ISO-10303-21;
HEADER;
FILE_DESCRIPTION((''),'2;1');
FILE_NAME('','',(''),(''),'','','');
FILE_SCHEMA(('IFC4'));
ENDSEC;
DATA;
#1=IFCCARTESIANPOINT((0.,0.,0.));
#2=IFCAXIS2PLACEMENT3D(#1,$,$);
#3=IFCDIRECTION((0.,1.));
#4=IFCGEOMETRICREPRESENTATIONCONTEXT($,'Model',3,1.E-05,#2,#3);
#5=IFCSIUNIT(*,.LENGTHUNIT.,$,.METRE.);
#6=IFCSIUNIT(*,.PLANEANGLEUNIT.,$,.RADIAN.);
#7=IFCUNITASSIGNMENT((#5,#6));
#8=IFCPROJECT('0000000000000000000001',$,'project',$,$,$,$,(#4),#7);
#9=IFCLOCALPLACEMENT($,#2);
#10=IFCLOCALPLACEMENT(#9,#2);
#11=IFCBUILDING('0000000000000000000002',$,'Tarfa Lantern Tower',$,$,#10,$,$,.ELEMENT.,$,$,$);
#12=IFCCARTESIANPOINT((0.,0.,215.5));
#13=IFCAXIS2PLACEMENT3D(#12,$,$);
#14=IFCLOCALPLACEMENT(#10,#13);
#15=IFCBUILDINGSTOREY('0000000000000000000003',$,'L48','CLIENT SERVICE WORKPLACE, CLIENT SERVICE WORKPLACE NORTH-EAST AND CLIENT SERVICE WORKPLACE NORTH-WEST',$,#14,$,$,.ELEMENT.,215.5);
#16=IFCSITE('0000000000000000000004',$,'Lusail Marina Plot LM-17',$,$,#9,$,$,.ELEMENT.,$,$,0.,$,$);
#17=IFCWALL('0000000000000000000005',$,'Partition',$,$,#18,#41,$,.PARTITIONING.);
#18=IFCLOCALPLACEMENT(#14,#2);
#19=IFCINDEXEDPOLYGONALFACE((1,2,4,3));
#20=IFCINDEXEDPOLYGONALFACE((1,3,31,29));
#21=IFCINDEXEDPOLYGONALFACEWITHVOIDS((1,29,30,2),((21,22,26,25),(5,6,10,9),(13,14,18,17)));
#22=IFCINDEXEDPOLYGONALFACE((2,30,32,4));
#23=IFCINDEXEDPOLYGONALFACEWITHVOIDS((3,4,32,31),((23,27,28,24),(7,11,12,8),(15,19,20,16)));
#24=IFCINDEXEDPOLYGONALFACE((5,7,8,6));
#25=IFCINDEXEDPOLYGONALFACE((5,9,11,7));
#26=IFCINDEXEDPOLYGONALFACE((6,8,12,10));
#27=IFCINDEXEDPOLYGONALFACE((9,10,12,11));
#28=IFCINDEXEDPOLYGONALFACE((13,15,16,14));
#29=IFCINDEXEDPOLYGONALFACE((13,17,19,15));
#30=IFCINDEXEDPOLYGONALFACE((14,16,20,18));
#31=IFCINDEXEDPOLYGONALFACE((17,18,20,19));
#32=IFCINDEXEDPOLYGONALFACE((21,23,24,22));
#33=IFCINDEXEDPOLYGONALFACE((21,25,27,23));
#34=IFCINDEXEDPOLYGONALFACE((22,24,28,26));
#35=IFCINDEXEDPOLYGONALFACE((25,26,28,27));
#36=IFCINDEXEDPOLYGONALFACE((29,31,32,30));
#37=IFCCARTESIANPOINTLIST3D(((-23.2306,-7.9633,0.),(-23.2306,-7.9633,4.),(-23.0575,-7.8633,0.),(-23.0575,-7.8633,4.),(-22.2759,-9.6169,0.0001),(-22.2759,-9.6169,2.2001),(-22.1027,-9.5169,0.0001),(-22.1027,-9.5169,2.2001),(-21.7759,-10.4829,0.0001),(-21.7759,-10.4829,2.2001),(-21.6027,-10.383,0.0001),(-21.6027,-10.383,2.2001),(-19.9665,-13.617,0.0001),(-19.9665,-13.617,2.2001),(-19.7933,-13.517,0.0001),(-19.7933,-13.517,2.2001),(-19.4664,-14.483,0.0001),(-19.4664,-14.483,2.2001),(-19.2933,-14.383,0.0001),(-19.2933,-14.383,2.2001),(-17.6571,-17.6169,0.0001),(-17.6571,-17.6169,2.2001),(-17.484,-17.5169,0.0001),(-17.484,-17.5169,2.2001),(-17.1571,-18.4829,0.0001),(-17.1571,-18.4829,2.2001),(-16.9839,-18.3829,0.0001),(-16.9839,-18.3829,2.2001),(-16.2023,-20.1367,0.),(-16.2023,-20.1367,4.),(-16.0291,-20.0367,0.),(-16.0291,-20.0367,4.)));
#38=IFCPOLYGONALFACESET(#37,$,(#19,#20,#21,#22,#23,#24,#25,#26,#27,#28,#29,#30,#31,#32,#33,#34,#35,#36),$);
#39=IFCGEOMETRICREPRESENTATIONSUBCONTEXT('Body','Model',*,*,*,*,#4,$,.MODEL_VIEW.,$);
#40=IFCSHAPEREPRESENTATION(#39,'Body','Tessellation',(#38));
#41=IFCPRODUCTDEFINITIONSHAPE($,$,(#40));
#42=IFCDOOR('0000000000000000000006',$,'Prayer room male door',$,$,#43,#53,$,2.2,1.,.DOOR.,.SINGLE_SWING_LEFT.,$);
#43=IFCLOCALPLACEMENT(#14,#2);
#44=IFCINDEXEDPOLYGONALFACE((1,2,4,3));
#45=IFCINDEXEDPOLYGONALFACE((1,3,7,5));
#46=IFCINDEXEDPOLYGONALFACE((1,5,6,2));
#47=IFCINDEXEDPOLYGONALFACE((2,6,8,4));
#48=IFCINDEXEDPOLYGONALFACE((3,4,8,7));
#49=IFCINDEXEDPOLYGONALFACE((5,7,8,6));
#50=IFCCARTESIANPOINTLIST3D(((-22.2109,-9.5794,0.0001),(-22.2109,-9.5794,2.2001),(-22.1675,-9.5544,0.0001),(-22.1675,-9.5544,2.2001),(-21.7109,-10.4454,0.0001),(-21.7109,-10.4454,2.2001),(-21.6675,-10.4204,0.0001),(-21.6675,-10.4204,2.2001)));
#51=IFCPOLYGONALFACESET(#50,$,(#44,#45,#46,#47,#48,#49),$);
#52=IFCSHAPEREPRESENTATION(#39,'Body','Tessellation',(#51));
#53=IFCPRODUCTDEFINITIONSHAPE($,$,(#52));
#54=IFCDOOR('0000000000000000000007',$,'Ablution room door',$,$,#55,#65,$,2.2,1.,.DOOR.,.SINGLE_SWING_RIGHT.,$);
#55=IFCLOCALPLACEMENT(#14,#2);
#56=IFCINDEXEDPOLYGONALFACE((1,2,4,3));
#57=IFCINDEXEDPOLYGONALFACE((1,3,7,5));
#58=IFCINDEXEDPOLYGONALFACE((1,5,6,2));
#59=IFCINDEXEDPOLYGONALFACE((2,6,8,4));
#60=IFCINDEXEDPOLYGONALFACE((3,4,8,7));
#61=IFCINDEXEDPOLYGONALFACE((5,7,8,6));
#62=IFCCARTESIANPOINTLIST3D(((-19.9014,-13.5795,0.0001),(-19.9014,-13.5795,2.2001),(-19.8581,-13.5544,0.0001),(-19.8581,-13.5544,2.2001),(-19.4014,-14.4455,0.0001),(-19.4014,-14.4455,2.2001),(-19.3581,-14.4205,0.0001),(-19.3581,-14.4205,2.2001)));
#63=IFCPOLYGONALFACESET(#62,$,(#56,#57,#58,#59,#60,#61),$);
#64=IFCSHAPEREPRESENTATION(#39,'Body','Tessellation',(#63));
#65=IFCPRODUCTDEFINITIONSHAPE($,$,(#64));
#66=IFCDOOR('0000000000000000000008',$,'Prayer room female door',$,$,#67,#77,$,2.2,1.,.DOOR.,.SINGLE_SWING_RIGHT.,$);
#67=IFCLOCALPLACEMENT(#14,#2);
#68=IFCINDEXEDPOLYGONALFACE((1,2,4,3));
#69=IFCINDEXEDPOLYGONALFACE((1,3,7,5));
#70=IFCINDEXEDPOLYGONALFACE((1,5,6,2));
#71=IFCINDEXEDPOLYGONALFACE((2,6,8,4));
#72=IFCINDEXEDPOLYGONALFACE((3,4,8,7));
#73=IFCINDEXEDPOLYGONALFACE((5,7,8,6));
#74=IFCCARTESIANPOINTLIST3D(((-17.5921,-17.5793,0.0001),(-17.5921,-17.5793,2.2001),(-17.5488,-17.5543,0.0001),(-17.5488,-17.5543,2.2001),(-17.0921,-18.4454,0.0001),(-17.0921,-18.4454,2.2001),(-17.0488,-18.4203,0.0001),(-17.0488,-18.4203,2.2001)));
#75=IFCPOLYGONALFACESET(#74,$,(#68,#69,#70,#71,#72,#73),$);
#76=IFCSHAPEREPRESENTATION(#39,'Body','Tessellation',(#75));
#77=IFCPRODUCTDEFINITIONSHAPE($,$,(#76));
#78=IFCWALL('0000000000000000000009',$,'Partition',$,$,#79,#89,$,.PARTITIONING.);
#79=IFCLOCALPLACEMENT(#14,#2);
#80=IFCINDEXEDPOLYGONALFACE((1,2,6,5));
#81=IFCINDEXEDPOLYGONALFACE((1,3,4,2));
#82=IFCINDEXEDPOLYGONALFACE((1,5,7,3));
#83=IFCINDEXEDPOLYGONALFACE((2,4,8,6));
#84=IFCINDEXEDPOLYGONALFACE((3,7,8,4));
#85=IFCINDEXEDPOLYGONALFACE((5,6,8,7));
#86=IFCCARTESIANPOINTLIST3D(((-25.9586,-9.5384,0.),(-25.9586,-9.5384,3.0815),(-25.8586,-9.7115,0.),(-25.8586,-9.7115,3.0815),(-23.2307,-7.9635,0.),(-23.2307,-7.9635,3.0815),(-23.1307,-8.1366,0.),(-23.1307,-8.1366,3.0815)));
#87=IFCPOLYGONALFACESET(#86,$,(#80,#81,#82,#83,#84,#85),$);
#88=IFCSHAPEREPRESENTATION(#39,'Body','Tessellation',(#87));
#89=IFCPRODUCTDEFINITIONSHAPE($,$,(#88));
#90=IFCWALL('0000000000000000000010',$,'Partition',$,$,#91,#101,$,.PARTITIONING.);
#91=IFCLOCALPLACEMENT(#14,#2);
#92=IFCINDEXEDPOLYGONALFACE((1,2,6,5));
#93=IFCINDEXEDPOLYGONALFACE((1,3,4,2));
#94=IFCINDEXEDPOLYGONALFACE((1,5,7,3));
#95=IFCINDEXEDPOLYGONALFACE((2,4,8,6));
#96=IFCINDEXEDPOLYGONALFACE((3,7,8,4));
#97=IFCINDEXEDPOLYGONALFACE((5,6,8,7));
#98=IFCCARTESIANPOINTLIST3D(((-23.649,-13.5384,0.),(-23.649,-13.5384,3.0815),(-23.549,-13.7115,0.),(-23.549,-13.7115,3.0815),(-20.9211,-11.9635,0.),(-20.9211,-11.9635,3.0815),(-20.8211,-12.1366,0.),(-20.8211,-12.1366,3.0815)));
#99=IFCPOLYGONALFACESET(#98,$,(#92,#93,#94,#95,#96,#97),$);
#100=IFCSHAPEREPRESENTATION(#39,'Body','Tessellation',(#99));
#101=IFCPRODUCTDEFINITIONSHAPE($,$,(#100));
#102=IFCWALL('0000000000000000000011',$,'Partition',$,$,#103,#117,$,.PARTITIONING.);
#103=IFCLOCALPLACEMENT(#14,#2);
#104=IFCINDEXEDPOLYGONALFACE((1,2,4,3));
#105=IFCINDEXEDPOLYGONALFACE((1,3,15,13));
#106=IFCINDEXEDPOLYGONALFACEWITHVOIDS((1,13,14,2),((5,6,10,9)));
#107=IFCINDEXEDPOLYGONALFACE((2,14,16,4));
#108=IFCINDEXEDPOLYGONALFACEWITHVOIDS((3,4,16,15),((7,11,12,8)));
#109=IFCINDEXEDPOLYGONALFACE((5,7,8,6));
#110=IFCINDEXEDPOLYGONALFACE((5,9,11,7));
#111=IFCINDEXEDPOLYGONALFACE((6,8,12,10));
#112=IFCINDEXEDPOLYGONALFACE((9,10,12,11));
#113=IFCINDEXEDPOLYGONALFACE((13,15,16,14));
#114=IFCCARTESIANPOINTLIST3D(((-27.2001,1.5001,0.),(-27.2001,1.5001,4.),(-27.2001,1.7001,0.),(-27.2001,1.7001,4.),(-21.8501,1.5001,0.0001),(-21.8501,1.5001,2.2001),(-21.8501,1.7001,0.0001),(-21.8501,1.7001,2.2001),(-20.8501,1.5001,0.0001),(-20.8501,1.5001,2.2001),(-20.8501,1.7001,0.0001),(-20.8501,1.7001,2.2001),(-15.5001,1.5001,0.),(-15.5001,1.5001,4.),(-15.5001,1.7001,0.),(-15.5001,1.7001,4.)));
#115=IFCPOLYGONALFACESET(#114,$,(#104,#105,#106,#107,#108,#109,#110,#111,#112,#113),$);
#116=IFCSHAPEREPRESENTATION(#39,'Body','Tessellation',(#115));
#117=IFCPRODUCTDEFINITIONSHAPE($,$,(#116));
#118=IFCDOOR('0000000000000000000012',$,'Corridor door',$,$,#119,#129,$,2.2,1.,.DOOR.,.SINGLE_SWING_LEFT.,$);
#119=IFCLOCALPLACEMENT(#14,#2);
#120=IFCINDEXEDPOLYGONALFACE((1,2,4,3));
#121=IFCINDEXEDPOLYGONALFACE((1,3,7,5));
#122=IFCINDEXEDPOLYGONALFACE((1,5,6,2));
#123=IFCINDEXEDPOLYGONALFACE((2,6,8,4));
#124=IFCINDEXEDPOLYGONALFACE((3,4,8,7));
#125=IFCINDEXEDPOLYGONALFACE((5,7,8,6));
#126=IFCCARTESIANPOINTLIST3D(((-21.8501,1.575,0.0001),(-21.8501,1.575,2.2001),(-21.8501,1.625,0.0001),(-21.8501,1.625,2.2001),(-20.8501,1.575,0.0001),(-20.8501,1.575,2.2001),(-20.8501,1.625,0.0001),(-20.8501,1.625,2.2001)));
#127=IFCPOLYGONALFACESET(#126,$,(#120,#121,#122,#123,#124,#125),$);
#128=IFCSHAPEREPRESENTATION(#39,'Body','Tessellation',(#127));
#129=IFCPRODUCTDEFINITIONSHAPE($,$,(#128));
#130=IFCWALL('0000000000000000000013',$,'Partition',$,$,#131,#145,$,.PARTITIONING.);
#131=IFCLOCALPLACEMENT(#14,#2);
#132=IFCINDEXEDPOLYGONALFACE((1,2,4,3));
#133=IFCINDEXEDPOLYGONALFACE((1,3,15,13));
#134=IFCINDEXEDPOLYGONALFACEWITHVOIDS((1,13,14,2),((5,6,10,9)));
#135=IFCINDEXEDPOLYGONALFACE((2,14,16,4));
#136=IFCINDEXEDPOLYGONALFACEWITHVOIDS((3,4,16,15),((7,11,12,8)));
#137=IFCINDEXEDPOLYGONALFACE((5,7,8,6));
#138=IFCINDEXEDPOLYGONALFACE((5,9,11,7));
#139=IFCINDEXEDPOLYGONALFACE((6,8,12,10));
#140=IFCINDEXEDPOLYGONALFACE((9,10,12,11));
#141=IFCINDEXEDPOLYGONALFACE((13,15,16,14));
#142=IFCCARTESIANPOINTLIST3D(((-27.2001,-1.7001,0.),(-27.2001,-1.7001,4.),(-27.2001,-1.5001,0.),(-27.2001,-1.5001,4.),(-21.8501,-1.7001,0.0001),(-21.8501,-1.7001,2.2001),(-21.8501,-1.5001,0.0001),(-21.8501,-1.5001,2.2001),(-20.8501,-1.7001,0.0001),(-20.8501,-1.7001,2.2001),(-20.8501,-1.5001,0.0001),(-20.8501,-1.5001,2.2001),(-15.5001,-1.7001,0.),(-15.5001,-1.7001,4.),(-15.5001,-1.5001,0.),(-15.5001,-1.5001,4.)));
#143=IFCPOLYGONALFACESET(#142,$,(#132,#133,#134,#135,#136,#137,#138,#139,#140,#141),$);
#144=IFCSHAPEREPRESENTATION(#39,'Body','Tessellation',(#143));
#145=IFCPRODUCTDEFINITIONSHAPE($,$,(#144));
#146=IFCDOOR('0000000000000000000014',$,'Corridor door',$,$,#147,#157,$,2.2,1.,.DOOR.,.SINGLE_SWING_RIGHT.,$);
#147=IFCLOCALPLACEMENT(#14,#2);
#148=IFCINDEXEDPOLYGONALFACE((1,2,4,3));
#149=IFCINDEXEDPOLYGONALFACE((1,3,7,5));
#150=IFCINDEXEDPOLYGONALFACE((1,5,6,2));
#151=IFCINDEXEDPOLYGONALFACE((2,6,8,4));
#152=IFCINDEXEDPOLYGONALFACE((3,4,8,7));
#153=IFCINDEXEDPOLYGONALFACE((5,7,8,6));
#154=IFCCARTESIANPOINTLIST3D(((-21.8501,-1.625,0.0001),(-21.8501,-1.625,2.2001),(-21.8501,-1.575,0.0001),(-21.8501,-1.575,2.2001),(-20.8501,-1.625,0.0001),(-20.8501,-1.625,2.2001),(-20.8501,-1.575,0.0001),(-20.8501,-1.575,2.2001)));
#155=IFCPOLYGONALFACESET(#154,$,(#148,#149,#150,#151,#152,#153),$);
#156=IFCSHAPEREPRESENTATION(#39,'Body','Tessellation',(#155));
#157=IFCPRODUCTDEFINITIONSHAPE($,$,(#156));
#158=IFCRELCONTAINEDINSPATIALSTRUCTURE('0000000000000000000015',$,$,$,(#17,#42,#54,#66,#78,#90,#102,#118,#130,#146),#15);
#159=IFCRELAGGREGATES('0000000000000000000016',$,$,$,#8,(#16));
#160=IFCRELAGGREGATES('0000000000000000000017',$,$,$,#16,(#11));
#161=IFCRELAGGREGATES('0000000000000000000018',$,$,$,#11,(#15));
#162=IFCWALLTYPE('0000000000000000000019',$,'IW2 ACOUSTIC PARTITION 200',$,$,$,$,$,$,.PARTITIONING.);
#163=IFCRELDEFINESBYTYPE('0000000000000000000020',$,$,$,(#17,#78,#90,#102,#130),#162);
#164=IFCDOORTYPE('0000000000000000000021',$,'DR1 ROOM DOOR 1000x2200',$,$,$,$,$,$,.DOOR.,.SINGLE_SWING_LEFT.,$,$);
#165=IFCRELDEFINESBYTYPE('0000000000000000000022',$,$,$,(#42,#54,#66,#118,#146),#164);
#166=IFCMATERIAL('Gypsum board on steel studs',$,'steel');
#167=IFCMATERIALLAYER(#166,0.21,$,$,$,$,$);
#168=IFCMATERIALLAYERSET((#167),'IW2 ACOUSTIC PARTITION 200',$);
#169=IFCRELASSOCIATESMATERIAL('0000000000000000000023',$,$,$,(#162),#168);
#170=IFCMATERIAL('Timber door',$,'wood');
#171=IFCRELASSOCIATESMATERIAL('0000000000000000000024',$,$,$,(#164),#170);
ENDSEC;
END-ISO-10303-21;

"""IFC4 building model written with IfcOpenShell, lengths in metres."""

from ifc_helpers import new_model, si_unit, direction, frame, frame_2d, origin, place, context, subcontext, project, spatial, rectangle, extrude, material, layer, layer_set, type_object, element, fill, save


model = new_model("IFC4")

# Units and contexts
model_context = context("Model", 3, precision=1e-05, world=origin(), true_north=direction((0.0, 1.0)))
body_context = subcontext(model_context, "Body", "Model", "MODEL_VIEW")
ifc_project = project(units=[si_unit("LENGTHUNIT", "METRE"), si_unit("PLANEANGLEUNIT", "RADIAN")], contexts=[model_context])

# Site, building, storey
site_placement = place(None, origin())
site = spatial("IfcSite", under=ifc_project, at=site_placement, Name="Lusail Marina Plot LM-17", CompositionType="ELEMENT", RefElevation=0.0)
building_placement = place(site_placement, origin())
building = spatial("IfcBuilding", under=site, at=building_placement, Name="Tarfa Lantern Tower", CompositionType="ELEMENT")
storey_placement = place(building_placement, frame((0.0, 0.0, 215.5)))
storey = spatial("IfcBuildingStorey", under=building, at=storey_placement, Name="L48", Description="CLIENT SERVICE WORKPLACE, CLIENT SERVICE WORKPLACE NORTH-EAST AND CLIENT SERVICE WORKPLACE NORTH-WEST", CompositionType="ELEMENT", Elevation=215.5)

# Wall, openings, doors
ifc_material_1 = material(Name="Gypsum board on steel studs", Category="steel")
ifc_layer_1 = layer(ifc_material_1, 0.21)
ifc_layer_set_1 = layer_set([ifc_layer_1], Name="IW2 ACOUSTIC PARTITION 200")
wall_type_1 = type_object("IfcWallType", Name="IW2 ACOUSTIC PARTITION 200", PredefinedType="PARTITIONING", material=ifc_layer_set_1)
wall_1_placement = place(storey_placement, frame((-23.144, -7.9133, 0.0), z_axis=(0.0, 0.0, 1.0), x_axis=(0.500002, -0.866024, 0.0)))
wall_1 = element("IfcWall", 1, at=wall_1_placement, inside=storey, type_object=wall_type_1, Name="Partition", PredefinedType="PARTITIONING", context=body_context, shape_type="SweptSolid", body=[
    extrude(rectangle(XDim=14.0566, YDim=0.2, at=frame_2d((7.0283, 0.0))), origin(), (0.0, 0.0, 1.0), 4.0),
])
opening_1_placement = place(wall_1_placement, frame((1.9094, 0.0, 0.0)))
opening_1 = element("IfcOpeningElement", 2, at=opening_1_placement, cuts=wall_1, PredefinedType="OPENING", context=body_context, shape_type="SweptSolid", body=[
    extrude(rectangle(XDim=1.0, YDim=2.2, at=frame_2d((0.5, 1.1001))), frame((0.0, 0.1099, 0.0), z_axis=(0.0, -1.0, 0.0), x_axis=(1.0, 0.0, 0.0)), (0.0, 0.0, 1.0), 0.22),
])
opening_2_placement = place(wall_1_placement, frame((6.5283, 0.0, 0.0)))
opening_2 = element("IfcOpeningElement", 3, at=opening_2_placement, cuts=wall_1, PredefinedType="OPENING", context=body_context, shape_type="SweptSolid", body=[
    extrude(rectangle(XDim=1.0, YDim=2.2, at=frame_2d((0.5, 1.1001))), frame((0.0, 0.1099, 0.0), z_axis=(0.0, -1.0, 0.0), x_axis=(1.0, 0.0, 0.0)), (0.0, 0.0, 1.0), 0.22),
])
opening_3_placement = place(wall_1_placement, frame((11.147, 0.0, 0.0)))
opening_3 = element("IfcOpeningElement", 4, at=opening_3_placement, cuts=wall_1, PredefinedType="OPENING", context=body_context, shape_type="SweptSolid", body=[
    extrude(rectangle(XDim=1.0, YDim=2.2, at=frame_2d((0.5, 1.1001))), frame((0.0, 0.1099, 0.0), z_axis=(0.0, -1.0, 0.0), x_axis=(1.0, 0.0, 0.0)), (0.0, 0.0, 1.0), 0.22),
])
ifc_material_2 = material(Name="Timber door", Category="wood")
door_type_1 = type_object("IfcDoorType", Name="DR1 ROOM DOOR 1000x2200", OperationType="SINGLE_SWING_LEFT", PredefinedType="DOOR", material=ifc_material_2)
door_1_placement = place(opening_1_placement, frame((1.0, 0.0, 0.0), z_axis=(0.0, 0.0, 1.0), x_axis=(-1.0, 0.0, 0.0)))
door_1 = element("IfcDoor", 5, at=door_1_placement, inside=storey, type_object=door_type_1, Name="Prayer room male door", OperationType="SINGLE_SWING_LEFT", OverallHeight=2.2, OverallWidth=1.0, PredefinedType="DOOR", context=body_context, shape_type="SweptSolid", body=[
    extrude(rectangle(XDim=1.0, YDim=2.2, at=frame_2d((0.5, 1.1001))), frame((0.0, 0.0249, 0.0), z_axis=(0.0, -1.0, 0.0), x_axis=(1.0, 0.0, 0.0)), (0.0, 0.0, 1.0), 0.05),
])
fill(opening_1, door_1)
door_2_placement = place(opening_2_placement, frame((1.0, 0.0, 0.0), z_axis=(0.0, 0.0, 1.0), x_axis=(-1.0, 0.0, 0.0)))
door_2 = element("IfcDoor", 6, at=door_2_placement, inside=storey, type_object=door_type_1, Name="Ablution room door", OperationType="SINGLE_SWING_RIGHT", OverallHeight=2.2, OverallWidth=1.0, PredefinedType="DOOR", context=body_context, shape_type="SweptSolid", body=[
    extrude(rectangle(XDim=1.0, YDim=2.2, at=frame_2d((0.5, 1.1001))), frame((0.0, 0.0249, 0.0), z_axis=(0.0, -1.0, 0.0), x_axis=(1.0, 0.0, 0.0)), (0.0, 0.0, 1.0), 0.05),
])
fill(opening_2, door_2)
door_3_placement = place(opening_3_placement, frame((1.0, 0.0, 0.0), z_axis=(0.0, 0.0, 1.0), x_axis=(-1.0, 0.0, 0.0)))
door_3 = element("IfcDoor", 7, at=door_3_placement, inside=storey, type_object=door_type_1, Name="Prayer room female door", OperationType="SINGLE_SWING_RIGHT", OverallHeight=2.2, OverallWidth=1.0, PredefinedType="DOOR", context=body_context, shape_type="SweptSolid", body=[
    extrude(rectangle(XDim=1.0, YDim=2.2, at=frame_2d((0.5, 1.1001))), frame((0.0, 0.0249, 0.0), z_axis=(0.0, -1.0, 0.0), x_axis=(1.0, 0.0, 0.0)), (0.0, 0.0, 1.0), 0.05),
])
fill(opening_3, door_3)

# Walls
for number, where, z_axis, x_axis, name in (
    (8, (-23.1807, -8.05, 0.0), (0.0, 0.0, 1.0), (-0.866036, -0.499982, 0.0), "Partition"),
    (9, (-20.8711, -12.05, 0.0), (0.0, 0.0, 1.0), (-0.866036, -0.499982, 0.0), "Partition"),
):
    element("IfcWall", number, at=place(storey_placement, frame(where, z_axis=z_axis, x_axis=x_axis)), inside=storey, type_object=wall_type_1, Name=name, PredefinedType="PARTITIONING", context=body_context, shape_type="SweptSolid", body=[
        extrude(rectangle(XDim=3.1499, YDim=0.2, at=frame_2d((1.575, 0.0))), origin(), (0.0, 0.0, 1.0), 3.0815),
    ])

# Walls, openings, doors
wall_2_placement = place(storey_placement, frame((-15.5, 1.6001, 0.0), z_axis=(0.0, 0.0, 1.0), x_axis=(-1.0, 0.0, 0.0)))
wall_2 = element("IfcWall", 10, at=wall_2_placement, inside=storey, type_object=wall_type_1, Name="Partition", PredefinedType="PARTITIONING", context=body_context, shape_type="SweptSolid", body=[
    extrude(rectangle(XDim=11.7, YDim=0.2, at=frame_2d((5.8501, 0.0))), origin(), (0.0, 0.0, 1.0), 4.0),
])
opening_4_placement = place(wall_2_placement, frame((5.3501, 0.0, 0.0)))
opening_4 = element("IfcOpeningElement", 11, at=opening_4_placement, cuts=wall_2, PredefinedType="OPENING", context=body_context, shape_type="SweptSolid", body=[
    extrude(rectangle(XDim=1.0, YDim=2.2, at=frame_2d((0.5, 1.1001))), frame((0.0, 0.1099, 0.0), z_axis=(0.0, -1.0, 0.0), x_axis=(1.0, 0.0, 0.0)), (0.0, 0.0, 1.0), 0.22),
])
door_4_placement = place(opening_4_placement, frame((1.0, 0.0, 0.0), z_axis=(0.0, 0.0, 1.0), x_axis=(-1.0, 0.0, 0.0)))
door_4 = element("IfcDoor", 12, at=door_4_placement, inside=storey, type_object=door_type_1, Name="Corridor door", OperationType="SINGLE_SWING_LEFT", OverallHeight=2.2, OverallWidth=1.0, PredefinedType="DOOR", context=body_context, shape_type="SweptSolid", body=[
    extrude(rectangle(XDim=1.0, YDim=2.2, at=frame_2d((0.5, 1.1001))), frame((0.0, 0.0249, 0.0), z_axis=(0.0, -1.0, 0.0), x_axis=(1.0, 0.0, 0.0)), (0.0, 0.0, 1.0), 0.05),
])
fill(opening_4, door_4)
wall_3_placement = place(storey_placement, frame((-15.5, -1.6001, 0.0), z_axis=(0.0, 0.0, 1.0), x_axis=(-1.0, 0.0, 0.0)))
wall_3 = element("IfcWall", 13, at=wall_3_placement, inside=storey, type_object=wall_type_1, Name="Partition", PredefinedType="PARTITIONING", context=body_context, shape_type="SweptSolid", body=[
    extrude(rectangle(XDim=11.7, YDim=0.2, at=frame_2d((5.8501, 0.0))), origin(), (0.0, 0.0, 1.0), 4.0),
])
opening_5_placement = place(wall_3_placement, frame((5.3501, 0.0, 0.0)))
opening_5 = element("IfcOpeningElement", 14, at=opening_5_placement, cuts=wall_3, PredefinedType="OPENING", context=body_context, shape_type="SweptSolid", body=[
    extrude(rectangle(XDim=1.0, YDim=2.2, at=frame_2d((0.5, 1.1001))), frame((0.0, 0.1099, 0.0), z_axis=(0.0, -1.0, 0.0), x_axis=(1.0, 0.0, 0.0)), (0.0, 0.0, 1.0), 0.22),
])
door_5_placement = place(opening_5_placement, origin())
door_5 = element("IfcDoor", 15, at=door_5_placement, inside=storey, type_object=door_type_1, Name="Corridor door", OperationType="SINGLE_SWING_RIGHT", OverallHeight=2.2, OverallWidth=1.0, PredefinedType="DOOR", context=body_context, shape_type="SweptSolid", body=[
    extrude(rectangle(XDim=1.0, YDim=2.2, at=frame_2d((0.5, 1.1001))), frame((0.0, 0.0249, 0.0), z_axis=(0.0, -1.0, 0.0), x_axis=(1.0, 0.0, 0.0)), (0.0, 0.0, 1.0), 0.05),
])
fill(opening_5, door_5)

save(model, "model.ifc")
